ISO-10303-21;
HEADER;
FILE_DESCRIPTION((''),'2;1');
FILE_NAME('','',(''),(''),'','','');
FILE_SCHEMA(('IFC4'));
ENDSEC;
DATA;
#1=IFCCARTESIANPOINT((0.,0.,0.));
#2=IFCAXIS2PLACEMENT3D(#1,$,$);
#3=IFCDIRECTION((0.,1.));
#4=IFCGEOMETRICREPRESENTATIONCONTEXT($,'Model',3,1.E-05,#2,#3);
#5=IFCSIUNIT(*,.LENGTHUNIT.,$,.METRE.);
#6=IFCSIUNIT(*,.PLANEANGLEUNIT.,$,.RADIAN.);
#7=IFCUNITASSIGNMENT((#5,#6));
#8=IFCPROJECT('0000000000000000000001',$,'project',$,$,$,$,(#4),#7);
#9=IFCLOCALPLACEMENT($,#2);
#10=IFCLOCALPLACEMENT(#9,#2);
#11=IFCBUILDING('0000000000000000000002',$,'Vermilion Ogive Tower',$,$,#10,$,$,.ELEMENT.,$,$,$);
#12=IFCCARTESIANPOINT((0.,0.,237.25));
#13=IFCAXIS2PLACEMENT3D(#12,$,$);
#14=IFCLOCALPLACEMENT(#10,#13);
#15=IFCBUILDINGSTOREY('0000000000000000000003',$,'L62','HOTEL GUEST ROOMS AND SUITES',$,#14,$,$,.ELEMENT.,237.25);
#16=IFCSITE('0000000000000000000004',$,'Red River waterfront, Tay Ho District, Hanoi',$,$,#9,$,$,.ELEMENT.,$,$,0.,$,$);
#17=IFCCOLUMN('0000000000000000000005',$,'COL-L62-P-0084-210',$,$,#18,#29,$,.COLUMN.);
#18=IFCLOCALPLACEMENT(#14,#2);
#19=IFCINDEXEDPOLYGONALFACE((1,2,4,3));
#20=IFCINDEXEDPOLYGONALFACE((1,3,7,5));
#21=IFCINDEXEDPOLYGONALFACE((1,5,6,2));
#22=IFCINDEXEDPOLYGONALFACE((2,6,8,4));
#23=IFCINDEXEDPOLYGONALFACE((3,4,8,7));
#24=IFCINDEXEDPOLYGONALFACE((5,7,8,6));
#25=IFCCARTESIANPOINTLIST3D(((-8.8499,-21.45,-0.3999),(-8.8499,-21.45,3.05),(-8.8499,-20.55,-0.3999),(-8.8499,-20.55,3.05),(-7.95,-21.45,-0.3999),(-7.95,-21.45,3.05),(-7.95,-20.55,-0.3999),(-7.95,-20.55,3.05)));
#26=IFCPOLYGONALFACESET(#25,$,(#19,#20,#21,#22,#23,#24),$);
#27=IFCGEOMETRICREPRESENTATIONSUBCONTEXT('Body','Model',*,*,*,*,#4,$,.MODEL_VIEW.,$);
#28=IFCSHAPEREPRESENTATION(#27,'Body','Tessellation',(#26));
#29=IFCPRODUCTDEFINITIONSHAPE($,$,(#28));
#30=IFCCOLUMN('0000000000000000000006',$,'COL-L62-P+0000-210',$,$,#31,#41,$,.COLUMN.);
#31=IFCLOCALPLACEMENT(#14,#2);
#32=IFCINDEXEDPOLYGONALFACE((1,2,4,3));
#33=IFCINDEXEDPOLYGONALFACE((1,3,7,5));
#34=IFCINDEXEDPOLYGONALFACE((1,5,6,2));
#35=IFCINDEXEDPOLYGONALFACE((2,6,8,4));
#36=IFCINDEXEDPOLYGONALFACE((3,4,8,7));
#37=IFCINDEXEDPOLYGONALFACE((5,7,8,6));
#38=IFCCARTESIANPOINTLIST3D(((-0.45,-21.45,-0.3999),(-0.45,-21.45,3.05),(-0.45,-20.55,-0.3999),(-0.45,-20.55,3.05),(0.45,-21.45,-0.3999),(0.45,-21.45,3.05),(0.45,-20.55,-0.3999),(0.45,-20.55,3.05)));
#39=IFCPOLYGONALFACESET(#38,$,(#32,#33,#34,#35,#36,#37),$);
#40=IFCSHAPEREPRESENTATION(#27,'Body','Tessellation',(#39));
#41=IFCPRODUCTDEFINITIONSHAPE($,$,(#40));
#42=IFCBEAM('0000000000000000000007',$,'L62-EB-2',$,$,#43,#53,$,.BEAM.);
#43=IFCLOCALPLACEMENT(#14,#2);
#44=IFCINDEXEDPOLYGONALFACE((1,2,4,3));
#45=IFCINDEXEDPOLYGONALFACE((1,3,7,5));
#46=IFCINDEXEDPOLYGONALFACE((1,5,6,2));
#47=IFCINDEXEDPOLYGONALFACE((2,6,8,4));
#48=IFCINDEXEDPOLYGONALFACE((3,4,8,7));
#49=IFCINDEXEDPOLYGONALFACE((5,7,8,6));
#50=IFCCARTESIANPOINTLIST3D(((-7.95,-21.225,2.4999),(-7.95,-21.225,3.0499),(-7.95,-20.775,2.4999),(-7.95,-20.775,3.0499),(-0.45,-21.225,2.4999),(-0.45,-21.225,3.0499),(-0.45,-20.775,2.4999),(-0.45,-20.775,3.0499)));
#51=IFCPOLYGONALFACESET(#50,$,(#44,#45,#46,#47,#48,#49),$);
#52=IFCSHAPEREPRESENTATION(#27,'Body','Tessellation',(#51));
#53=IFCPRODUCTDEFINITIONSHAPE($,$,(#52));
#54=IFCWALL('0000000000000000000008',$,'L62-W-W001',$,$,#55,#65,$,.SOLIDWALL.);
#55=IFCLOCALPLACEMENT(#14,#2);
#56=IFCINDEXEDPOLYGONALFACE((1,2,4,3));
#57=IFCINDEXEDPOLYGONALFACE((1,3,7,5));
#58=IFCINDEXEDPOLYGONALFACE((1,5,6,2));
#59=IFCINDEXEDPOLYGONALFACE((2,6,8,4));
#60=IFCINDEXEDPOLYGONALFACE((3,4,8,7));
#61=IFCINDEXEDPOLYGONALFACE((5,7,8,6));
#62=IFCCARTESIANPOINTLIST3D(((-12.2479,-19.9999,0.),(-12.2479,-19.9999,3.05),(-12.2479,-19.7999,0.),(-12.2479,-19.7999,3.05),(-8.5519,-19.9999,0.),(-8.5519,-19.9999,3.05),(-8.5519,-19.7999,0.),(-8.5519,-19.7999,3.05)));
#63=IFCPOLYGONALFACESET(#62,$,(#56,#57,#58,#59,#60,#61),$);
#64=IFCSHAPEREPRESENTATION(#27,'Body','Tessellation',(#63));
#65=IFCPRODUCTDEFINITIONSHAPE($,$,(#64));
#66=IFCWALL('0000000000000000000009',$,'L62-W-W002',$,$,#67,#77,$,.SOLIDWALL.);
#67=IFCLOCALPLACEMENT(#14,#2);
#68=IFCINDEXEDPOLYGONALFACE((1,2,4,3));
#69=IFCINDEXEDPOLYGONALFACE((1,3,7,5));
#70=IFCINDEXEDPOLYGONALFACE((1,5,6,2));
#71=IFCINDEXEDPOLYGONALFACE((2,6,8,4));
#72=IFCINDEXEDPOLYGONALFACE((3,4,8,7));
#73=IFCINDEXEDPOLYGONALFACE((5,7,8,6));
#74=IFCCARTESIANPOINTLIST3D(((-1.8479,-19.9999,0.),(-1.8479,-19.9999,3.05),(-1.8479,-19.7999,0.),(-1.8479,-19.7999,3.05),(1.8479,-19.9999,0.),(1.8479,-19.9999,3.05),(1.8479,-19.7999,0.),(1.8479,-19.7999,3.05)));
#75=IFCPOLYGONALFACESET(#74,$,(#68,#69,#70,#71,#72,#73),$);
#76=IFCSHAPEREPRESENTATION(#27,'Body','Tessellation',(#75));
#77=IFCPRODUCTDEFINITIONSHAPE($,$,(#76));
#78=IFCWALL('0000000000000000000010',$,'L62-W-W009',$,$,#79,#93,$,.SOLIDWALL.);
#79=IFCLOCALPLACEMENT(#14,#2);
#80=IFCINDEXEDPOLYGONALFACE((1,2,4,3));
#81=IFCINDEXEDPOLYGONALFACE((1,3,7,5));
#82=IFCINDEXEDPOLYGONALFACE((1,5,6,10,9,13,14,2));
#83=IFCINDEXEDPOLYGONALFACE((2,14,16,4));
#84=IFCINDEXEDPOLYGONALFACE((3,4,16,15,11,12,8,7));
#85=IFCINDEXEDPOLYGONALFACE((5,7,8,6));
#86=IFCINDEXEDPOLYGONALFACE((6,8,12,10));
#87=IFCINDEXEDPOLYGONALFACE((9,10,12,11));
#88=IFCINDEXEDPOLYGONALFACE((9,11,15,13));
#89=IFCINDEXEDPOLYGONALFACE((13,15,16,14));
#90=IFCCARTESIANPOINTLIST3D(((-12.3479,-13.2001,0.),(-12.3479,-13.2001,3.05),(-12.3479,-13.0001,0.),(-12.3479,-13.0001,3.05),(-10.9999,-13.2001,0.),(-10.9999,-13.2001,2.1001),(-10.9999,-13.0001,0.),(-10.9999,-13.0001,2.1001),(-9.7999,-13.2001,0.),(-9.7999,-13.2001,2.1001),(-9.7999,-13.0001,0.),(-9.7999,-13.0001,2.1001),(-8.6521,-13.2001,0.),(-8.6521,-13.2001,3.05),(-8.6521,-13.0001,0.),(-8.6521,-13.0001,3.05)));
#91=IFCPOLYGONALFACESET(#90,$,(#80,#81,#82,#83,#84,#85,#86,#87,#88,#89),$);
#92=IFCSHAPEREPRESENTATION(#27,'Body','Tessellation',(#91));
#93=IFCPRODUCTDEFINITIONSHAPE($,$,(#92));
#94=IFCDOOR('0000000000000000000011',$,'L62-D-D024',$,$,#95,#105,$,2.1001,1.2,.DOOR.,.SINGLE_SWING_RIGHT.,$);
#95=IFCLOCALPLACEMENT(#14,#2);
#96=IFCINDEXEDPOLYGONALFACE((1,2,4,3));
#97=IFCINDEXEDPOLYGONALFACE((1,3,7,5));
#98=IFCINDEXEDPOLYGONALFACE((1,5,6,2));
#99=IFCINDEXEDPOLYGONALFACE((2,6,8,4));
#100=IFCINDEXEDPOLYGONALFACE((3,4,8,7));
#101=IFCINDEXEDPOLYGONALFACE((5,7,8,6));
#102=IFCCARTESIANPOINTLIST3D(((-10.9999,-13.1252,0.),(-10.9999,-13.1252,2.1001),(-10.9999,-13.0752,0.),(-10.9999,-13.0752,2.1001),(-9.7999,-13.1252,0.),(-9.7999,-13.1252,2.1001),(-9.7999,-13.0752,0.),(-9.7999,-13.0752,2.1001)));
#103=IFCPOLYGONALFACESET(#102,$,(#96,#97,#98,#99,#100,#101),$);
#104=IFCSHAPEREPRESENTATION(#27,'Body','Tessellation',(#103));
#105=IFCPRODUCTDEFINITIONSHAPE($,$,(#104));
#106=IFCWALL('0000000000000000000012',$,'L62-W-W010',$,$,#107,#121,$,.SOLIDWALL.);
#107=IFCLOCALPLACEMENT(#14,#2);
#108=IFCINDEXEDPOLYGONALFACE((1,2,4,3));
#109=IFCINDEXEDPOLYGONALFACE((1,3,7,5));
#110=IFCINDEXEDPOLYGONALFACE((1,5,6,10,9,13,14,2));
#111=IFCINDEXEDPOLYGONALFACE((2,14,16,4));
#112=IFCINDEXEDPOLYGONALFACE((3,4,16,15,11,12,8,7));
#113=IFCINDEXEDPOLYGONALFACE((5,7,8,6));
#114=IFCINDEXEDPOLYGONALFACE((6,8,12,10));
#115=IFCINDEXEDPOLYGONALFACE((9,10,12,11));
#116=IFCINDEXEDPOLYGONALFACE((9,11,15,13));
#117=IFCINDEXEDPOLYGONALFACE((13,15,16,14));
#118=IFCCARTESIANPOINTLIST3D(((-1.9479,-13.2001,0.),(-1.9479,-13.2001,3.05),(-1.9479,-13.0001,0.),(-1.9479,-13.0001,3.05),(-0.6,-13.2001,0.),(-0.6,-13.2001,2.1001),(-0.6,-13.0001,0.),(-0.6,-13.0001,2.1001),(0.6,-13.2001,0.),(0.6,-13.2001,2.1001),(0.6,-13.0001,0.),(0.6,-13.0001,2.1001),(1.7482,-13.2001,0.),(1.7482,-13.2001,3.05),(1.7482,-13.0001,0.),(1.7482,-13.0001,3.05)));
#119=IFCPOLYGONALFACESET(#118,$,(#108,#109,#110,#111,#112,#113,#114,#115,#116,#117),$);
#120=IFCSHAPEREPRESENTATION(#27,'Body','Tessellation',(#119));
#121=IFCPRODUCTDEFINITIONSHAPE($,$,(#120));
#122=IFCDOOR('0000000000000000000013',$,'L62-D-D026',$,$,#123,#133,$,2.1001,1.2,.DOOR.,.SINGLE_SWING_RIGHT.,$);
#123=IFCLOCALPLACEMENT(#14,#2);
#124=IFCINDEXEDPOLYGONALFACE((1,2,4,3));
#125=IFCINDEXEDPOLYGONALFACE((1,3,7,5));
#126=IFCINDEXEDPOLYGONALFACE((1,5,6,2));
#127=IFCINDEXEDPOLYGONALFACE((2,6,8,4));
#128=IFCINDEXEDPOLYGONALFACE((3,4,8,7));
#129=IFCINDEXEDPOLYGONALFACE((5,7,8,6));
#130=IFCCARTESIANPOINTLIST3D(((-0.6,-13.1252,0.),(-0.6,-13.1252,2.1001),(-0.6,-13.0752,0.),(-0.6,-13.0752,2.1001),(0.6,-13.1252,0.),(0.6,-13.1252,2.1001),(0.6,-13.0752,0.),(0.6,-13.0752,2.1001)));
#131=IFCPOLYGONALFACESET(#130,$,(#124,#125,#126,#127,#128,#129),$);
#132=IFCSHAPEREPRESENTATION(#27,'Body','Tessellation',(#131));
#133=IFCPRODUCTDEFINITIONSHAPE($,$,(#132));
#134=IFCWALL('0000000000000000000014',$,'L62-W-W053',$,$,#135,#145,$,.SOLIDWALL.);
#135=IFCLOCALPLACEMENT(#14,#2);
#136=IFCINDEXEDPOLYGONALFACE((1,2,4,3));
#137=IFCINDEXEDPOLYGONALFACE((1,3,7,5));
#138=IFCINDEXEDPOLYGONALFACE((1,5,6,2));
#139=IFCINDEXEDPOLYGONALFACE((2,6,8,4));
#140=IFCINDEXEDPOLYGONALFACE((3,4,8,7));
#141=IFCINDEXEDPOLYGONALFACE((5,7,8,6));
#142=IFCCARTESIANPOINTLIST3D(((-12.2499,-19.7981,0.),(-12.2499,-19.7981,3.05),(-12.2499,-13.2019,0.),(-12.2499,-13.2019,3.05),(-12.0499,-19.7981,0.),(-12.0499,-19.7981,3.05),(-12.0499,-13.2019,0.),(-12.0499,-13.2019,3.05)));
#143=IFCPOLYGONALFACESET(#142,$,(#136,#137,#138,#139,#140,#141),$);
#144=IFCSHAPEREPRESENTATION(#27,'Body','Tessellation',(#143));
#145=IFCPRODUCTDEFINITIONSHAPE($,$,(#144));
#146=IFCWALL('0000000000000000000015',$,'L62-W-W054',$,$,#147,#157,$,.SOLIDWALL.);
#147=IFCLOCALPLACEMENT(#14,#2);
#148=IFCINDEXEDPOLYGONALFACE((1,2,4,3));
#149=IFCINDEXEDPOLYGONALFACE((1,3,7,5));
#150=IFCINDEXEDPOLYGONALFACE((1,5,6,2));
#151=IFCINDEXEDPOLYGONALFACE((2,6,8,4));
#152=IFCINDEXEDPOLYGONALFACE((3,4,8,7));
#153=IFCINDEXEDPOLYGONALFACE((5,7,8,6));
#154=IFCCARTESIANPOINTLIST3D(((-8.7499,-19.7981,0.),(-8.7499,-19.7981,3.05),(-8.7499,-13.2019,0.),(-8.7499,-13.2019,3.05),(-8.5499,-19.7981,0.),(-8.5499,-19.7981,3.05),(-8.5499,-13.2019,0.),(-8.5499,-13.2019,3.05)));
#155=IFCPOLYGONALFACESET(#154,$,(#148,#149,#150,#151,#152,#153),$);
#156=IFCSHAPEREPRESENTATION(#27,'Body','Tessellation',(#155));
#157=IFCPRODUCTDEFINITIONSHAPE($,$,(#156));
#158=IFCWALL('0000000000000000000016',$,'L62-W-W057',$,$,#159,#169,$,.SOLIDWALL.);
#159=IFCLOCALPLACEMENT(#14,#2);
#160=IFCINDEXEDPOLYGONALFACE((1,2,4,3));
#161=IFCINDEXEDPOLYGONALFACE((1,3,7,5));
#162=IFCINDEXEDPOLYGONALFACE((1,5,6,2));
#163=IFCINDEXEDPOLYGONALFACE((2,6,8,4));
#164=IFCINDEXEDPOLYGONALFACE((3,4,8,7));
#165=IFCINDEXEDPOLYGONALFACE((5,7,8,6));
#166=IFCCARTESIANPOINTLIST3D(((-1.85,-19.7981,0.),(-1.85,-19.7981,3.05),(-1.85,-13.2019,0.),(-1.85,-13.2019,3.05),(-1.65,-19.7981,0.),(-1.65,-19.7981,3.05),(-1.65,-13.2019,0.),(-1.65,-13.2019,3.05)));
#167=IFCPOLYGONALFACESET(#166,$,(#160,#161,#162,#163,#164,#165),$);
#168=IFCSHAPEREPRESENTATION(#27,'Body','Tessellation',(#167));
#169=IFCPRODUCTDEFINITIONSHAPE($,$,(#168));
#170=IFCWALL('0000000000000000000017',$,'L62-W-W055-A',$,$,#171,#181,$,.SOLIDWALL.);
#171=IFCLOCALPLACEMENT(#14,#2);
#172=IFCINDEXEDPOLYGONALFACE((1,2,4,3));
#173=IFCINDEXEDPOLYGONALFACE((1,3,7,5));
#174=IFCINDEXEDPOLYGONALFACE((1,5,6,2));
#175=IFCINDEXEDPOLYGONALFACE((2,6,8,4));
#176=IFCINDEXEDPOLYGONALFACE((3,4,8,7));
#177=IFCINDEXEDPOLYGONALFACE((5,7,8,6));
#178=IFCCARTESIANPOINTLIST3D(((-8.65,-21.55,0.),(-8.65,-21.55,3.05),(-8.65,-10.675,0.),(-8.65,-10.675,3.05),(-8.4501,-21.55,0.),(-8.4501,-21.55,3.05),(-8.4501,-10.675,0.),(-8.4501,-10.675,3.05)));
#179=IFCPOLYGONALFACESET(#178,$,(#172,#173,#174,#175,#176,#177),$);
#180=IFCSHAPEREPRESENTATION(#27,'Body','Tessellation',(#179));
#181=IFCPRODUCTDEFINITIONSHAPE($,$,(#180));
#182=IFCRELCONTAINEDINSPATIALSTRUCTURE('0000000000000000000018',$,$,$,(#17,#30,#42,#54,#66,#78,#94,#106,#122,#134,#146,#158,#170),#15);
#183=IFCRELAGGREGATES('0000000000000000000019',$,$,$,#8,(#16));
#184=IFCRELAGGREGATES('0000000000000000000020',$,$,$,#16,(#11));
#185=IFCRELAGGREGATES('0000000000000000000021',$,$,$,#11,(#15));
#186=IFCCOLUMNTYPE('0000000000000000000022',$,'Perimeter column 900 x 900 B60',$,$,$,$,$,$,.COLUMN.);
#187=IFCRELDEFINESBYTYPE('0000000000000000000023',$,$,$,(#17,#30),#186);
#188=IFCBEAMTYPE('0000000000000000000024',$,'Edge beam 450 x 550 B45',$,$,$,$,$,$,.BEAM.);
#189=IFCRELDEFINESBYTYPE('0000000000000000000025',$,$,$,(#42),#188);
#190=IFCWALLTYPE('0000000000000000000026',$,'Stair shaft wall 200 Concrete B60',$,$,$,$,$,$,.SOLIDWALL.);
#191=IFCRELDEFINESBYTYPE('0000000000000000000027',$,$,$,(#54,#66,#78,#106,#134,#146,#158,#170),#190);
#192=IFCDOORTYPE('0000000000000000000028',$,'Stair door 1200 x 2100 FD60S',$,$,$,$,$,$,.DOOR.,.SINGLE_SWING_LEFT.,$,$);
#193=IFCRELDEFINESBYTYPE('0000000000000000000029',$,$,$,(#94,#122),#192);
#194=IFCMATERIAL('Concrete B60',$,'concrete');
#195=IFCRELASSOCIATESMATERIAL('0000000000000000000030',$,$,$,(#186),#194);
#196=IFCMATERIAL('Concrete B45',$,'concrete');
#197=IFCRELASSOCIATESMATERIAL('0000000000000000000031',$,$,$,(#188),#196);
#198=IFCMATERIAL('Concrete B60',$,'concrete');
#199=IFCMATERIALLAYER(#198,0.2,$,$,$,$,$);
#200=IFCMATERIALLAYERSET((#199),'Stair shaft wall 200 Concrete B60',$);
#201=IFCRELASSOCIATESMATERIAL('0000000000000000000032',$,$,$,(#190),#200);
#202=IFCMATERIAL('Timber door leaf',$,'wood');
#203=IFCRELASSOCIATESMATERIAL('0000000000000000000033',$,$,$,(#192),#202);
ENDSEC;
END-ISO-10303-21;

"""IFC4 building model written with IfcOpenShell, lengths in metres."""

from ifc_helpers import new_model, si_unit, direction, frame, frame_2d, origin, origin_2d, place, context, subcontext, project, spatial, rectangle, extrude, material, layer, layer_set, material_profile, profile_set, type_object, element, fill, save


model = new_model("IFC4")

# Units and contexts
model_context = context("Model", 3, precision=1e-05, world=origin(), true_north=direction((0.0, 1.0)))
body_context = subcontext(model_context, "Body", "Model", "MODEL_VIEW")
ifc_project = project(units=[si_unit("LENGTHUNIT", "METRE"), si_unit("PLANEANGLEUNIT", "RADIAN")], contexts=[model_context])

# Site, building, storey
site_placement = place(None, origin())
site = spatial("IfcSite", under=ifc_project, at=site_placement, Name="Red River waterfront, Tay Ho District, Hanoi", CompositionType="ELEMENT", RefElevation=0.0)
building_placement = place(site_placement, origin())
building = spatial("IfcBuilding", under=site, at=building_placement, Name="Vermilion Ogive Tower", CompositionType="ELEMENT")
storey_placement = place(building_placement, frame((0.0, 0.0, 237.25)))
storey = spatial("IfcBuildingStorey", under=building, at=storey_placement, Name="L62", Description="HOTEL GUEST ROOMS AND SUITES", CompositionType="ELEMENT", Elevation=237.25)

# Columns
ifc_material_1 = material(Name="Concrete B60", Category="concrete")
ifc_material_profile_1 = material_profile(ifc_material_1, rectangle(XDim=0.8999, YDim=0.8999, at=origin_2d()), Name="900 x 900")
ifc_profile_set_1 = profile_set([ifc_material_profile_1], Name="Concrete B60")
column_type = type_object("IfcColumnType", Name="Perimeter column 900 x 900 B60", PredefinedType="COLUMN", material=ifc_profile_set_1)
for number, where, z_axis, x_axis, name in (
    (1, (-8.3999, -21.0, -0.3999), (0.0, 0.0, 1.0), (1.0, 0.0, 0.0), "COL-L62-P-0084-210"),
    (2, (0.0, -21.0, -0.3999), (0.0, 0.0, 1.0), (1.0, 0.0, 0.0), "COL-L62-P+0000-210"),
):
    element("IfcColumn", number, at=place(storey_placement, frame(where, z_axis=z_axis, x_axis=x_axis)), inside=storey, type_object=column_type, Name=name, PredefinedType="COLUMN", context=body_context, shape_type="SweptSolid", body=[
        extrude(rectangle(XDim=0.8999, YDim=0.8999, at=origin_2d()), origin(), (0.0, 0.0, 1.0), 3.45),
    ])

# Beam
ifc_material_2 = material(Name="Concrete B45", Category="concrete")
ifc_material_profile_2 = material_profile(ifc_material_2, rectangle(XDim=0.45, YDim=0.55, at=origin_2d()), Name="450 x 550")
ifc_profile_set_2 = profile_set([ifc_material_profile_2], Name="Concrete B45")
beam_type = type_object("IfcBeamType", Name="Edge beam 450 x 550 B45", PredefinedType="BEAM", material=ifc_profile_set_2)
beam_placement = place(storey_placement, frame((-7.95, -21.0, 2.7749), z_axis=(1.0, 0.0, 0.0), x_axis=(0.0, 1.0, 0.0)))
element("IfcBeam", 3, at=beam_placement, inside=storey, type_object=beam_type, Name="L62-EB-2", PredefinedType="BEAM", context=body_context, shape_type="SweptSolid", body=[
    extrude(rectangle(XDim=0.45, YDim=0.55, at=origin_2d()), origin(), (0.0, 0.0, 1.0), 7.5),
])

# Walls
ifc_material_3 = material(Name="Concrete B60", Category="concrete")
ifc_layer_1 = layer(ifc_material_3, 0.2)
ifc_layer_set_1 = layer_set([ifc_layer_1], Name="Stair shaft wall 200 Concrete B60")
wall_type_1 = type_object("IfcWallType", Name="Stair shaft wall 200 Concrete B60", PredefinedType="SOLIDWALL", material=ifc_layer_set_1)
wall_1_placement = place(storey_placement, frame((-12.248, -19.8999, 0.0), z_axis=(0.0, 0.0, 1.0), x_axis=(1.0, 0.0, 0.0)))
element("IfcWall", 4, at=wall_1_placement, inside=storey, type_object=wall_type_1, Name="L62-W-W001", PredefinedType="SOLIDWALL", context=body_context, shape_type="SweptSolid", body=[
    extrude(rectangle(XDim=3.696, YDim=0.2, at=frame_2d((1.8481, 0.0))), origin(), (0.0, 0.0, 1.0), 3.05),
])
wall_2_placement = place(storey_placement, frame((-1.8479, -19.8999, 0.0), z_axis=(0.0, 0.0, 1.0), x_axis=(1.0, 0.0, 0.0)))
element("IfcWall", 5, at=wall_2_placement, inside=storey, type_object=wall_type_1, Name="L62-W-W002", PredefinedType="SOLIDWALL", context=body_context, shape_type="SweptSolid", body=[
    extrude(rectangle(XDim=3.6958, YDim=0.2, at=frame_2d((1.8479, 0.0))), origin(), (0.0, 0.0, 1.0), 3.05),
])

# Walls, openings, doors
wall_3_placement = place(storey_placement, frame((-12.3479, -13.1001, 0.0), z_axis=(0.0, 0.0, 1.0), x_axis=(1.0, 0.0, 0.0)))
wall_3 = element("IfcWall", 6, at=wall_3_placement, inside=storey, type_object=wall_type_1, Name="L62-W-W009", PredefinedType="SOLIDWALL", context=body_context, shape_type="SweptSolid", body=[
    extrude(rectangle(XDim=3.6958, YDim=0.2, at=frame_2d((1.8479, 0.0))), origin(), (0.0, 0.0, 1.0), 3.05),
])
opening_1_placement = place(wall_3_placement, frame((1.3479, 0.0, 0.0)))
opening_1 = element("IfcOpeningElement", 7, at=opening_1_placement, cuts=wall_3, PredefinedType="OPENING", context=body_context, shape_type="SweptSolid", body=[
    extrude(rectangle(XDim=1.2, YDim=2.1001, at=frame_2d((0.6001, 1.05))), frame((0.0, 0.1099, 0.0), z_axis=(0.0, -1.0, 0.0), x_axis=(1.0, 0.0, 0.0)), (0.0, 0.0, 1.0), 0.22),
])
ifc_material_4 = material(Name="Timber door leaf", Category="wood")
door_type_1 = type_object("IfcDoorType", Name="Stair door 1200 x 2100 FD60S", OperationType="SINGLE_SWING_LEFT", PredefinedType="DOOR", material=ifc_material_4)
door_1_placement = place(opening_1_placement, origin())
door_1 = element("IfcDoor", 8, at=door_1_placement, inside=storey, type_object=door_type_1, Name="L62-D-D024", OperationType="SINGLE_SWING_RIGHT", OverallHeight=2.1001, OverallWidth=1.2, PredefinedType="DOOR", context=body_context, shape_type="SweptSolid", body=[
    extrude(rectangle(XDim=1.2, YDim=2.1001, at=frame_2d((0.6001, 1.05))), frame((0.0, 0.0249, 0.0), z_axis=(0.0, -1.0, 0.0), x_axis=(1.0, 0.0, 0.0)), (0.0, 0.0, 1.0), 0.05),
])
fill(opening_1, door_1)
wall_4_placement = place(storey_placement, frame((-1.948, -13.1001, 0.0), z_axis=(0.0, 0.0, 1.0), x_axis=(1.0, 0.0, 0.0)))
wall_4 = element("IfcWall", 9, at=wall_4_placement, inside=storey, type_object=wall_type_1, Name="L62-W-W010", PredefinedType="SOLIDWALL", context=body_context, shape_type="SweptSolid", body=[
    extrude(rectangle(XDim=3.696, YDim=0.2, at=frame_2d((1.8481, 0.0))), origin(), (0.0, 0.0, 1.0), 3.05),
])
opening_2_placement = place(wall_4_placement, frame((1.3479, 0.0, 0.0)))
opening_2 = element("IfcOpeningElement", 10, at=opening_2_placement, cuts=wall_4, PredefinedType="OPENING", context=body_context, shape_type="SweptSolid", body=[
    extrude(rectangle(XDim=1.2, YDim=2.1001, at=frame_2d((0.6001, 1.05))), frame((0.0, 0.1099, 0.0), z_axis=(0.0, -1.0, 0.0), x_axis=(1.0, 0.0, 0.0)), (0.0, 0.0, 1.0), 0.22),
])
door_2_placement = place(opening_2_placement, origin())
door_2 = element("IfcDoor", 11, at=door_2_placement, inside=storey, type_object=door_type_1, Name="L62-D-D026", OperationType="SINGLE_SWING_RIGHT", OverallHeight=2.1001, OverallWidth=1.2, PredefinedType="DOOR", context=body_context, shape_type="SweptSolid", body=[
    extrude(rectangle(XDim=1.2, YDim=2.1001, at=frame_2d((0.6001, 1.05))), frame((0.0, 0.0249, 0.0), z_axis=(0.0, -1.0, 0.0), x_axis=(1.0, 0.0, 0.0)), (0.0, 0.0, 1.0), 0.05),
])
fill(opening_2, door_2)

# Walls
for number, where, z_axis, x_axis, name in (
    (12, (-12.1499, -19.7981, 0.0), (0.0, 0.0, 1.0), (0.0, 1.0, 0.0), "L62-W-W053"),
    (13, (-8.6499, -19.7981, 0.0), (0.0, 0.0, 1.0), (0.0, 1.0, 0.0), "L62-W-W054"),
    (14, (-1.75, -19.7981, 0.0), (0.0, 0.0, 1.0), (0.0, 1.0, 0.0), "L62-W-W057"),
):
    element("IfcWall", number, at=place(storey_placement, frame(where, z_axis=z_axis, x_axis=x_axis)), inside=storey, type_object=wall_type_1, Name=name, PredefinedType="SOLIDWALL", context=body_context, shape_type="SweptSolid", body=[
        extrude(rectangle(XDim=6.5962, YDim=0.2, at=frame_2d((3.2981, 0.0))), origin(), (0.0, 0.0, 1.0), 3.05),
    ])
wall_5_placement = place(storey_placement, frame((-8.55, -21.55, 0.0), z_axis=(0.0, 0.0, 1.0), x_axis=(0.0, 1.0, 0.0)))
element("IfcWall", 15, at=wall_5_placement, inside=storey, type_object=wall_type_1, Name="L62-W-W055-A", PredefinedType="SOLIDWALL", context=body_context, shape_type="SweptSolid", body=[
    extrude(rectangle(XDim=10.875, YDim=0.2, at=frame_2d((5.4375, 0.0))), origin(), (0.0, 0.0, 1.0), 3.05),
])

save(model, "model.ifc")
